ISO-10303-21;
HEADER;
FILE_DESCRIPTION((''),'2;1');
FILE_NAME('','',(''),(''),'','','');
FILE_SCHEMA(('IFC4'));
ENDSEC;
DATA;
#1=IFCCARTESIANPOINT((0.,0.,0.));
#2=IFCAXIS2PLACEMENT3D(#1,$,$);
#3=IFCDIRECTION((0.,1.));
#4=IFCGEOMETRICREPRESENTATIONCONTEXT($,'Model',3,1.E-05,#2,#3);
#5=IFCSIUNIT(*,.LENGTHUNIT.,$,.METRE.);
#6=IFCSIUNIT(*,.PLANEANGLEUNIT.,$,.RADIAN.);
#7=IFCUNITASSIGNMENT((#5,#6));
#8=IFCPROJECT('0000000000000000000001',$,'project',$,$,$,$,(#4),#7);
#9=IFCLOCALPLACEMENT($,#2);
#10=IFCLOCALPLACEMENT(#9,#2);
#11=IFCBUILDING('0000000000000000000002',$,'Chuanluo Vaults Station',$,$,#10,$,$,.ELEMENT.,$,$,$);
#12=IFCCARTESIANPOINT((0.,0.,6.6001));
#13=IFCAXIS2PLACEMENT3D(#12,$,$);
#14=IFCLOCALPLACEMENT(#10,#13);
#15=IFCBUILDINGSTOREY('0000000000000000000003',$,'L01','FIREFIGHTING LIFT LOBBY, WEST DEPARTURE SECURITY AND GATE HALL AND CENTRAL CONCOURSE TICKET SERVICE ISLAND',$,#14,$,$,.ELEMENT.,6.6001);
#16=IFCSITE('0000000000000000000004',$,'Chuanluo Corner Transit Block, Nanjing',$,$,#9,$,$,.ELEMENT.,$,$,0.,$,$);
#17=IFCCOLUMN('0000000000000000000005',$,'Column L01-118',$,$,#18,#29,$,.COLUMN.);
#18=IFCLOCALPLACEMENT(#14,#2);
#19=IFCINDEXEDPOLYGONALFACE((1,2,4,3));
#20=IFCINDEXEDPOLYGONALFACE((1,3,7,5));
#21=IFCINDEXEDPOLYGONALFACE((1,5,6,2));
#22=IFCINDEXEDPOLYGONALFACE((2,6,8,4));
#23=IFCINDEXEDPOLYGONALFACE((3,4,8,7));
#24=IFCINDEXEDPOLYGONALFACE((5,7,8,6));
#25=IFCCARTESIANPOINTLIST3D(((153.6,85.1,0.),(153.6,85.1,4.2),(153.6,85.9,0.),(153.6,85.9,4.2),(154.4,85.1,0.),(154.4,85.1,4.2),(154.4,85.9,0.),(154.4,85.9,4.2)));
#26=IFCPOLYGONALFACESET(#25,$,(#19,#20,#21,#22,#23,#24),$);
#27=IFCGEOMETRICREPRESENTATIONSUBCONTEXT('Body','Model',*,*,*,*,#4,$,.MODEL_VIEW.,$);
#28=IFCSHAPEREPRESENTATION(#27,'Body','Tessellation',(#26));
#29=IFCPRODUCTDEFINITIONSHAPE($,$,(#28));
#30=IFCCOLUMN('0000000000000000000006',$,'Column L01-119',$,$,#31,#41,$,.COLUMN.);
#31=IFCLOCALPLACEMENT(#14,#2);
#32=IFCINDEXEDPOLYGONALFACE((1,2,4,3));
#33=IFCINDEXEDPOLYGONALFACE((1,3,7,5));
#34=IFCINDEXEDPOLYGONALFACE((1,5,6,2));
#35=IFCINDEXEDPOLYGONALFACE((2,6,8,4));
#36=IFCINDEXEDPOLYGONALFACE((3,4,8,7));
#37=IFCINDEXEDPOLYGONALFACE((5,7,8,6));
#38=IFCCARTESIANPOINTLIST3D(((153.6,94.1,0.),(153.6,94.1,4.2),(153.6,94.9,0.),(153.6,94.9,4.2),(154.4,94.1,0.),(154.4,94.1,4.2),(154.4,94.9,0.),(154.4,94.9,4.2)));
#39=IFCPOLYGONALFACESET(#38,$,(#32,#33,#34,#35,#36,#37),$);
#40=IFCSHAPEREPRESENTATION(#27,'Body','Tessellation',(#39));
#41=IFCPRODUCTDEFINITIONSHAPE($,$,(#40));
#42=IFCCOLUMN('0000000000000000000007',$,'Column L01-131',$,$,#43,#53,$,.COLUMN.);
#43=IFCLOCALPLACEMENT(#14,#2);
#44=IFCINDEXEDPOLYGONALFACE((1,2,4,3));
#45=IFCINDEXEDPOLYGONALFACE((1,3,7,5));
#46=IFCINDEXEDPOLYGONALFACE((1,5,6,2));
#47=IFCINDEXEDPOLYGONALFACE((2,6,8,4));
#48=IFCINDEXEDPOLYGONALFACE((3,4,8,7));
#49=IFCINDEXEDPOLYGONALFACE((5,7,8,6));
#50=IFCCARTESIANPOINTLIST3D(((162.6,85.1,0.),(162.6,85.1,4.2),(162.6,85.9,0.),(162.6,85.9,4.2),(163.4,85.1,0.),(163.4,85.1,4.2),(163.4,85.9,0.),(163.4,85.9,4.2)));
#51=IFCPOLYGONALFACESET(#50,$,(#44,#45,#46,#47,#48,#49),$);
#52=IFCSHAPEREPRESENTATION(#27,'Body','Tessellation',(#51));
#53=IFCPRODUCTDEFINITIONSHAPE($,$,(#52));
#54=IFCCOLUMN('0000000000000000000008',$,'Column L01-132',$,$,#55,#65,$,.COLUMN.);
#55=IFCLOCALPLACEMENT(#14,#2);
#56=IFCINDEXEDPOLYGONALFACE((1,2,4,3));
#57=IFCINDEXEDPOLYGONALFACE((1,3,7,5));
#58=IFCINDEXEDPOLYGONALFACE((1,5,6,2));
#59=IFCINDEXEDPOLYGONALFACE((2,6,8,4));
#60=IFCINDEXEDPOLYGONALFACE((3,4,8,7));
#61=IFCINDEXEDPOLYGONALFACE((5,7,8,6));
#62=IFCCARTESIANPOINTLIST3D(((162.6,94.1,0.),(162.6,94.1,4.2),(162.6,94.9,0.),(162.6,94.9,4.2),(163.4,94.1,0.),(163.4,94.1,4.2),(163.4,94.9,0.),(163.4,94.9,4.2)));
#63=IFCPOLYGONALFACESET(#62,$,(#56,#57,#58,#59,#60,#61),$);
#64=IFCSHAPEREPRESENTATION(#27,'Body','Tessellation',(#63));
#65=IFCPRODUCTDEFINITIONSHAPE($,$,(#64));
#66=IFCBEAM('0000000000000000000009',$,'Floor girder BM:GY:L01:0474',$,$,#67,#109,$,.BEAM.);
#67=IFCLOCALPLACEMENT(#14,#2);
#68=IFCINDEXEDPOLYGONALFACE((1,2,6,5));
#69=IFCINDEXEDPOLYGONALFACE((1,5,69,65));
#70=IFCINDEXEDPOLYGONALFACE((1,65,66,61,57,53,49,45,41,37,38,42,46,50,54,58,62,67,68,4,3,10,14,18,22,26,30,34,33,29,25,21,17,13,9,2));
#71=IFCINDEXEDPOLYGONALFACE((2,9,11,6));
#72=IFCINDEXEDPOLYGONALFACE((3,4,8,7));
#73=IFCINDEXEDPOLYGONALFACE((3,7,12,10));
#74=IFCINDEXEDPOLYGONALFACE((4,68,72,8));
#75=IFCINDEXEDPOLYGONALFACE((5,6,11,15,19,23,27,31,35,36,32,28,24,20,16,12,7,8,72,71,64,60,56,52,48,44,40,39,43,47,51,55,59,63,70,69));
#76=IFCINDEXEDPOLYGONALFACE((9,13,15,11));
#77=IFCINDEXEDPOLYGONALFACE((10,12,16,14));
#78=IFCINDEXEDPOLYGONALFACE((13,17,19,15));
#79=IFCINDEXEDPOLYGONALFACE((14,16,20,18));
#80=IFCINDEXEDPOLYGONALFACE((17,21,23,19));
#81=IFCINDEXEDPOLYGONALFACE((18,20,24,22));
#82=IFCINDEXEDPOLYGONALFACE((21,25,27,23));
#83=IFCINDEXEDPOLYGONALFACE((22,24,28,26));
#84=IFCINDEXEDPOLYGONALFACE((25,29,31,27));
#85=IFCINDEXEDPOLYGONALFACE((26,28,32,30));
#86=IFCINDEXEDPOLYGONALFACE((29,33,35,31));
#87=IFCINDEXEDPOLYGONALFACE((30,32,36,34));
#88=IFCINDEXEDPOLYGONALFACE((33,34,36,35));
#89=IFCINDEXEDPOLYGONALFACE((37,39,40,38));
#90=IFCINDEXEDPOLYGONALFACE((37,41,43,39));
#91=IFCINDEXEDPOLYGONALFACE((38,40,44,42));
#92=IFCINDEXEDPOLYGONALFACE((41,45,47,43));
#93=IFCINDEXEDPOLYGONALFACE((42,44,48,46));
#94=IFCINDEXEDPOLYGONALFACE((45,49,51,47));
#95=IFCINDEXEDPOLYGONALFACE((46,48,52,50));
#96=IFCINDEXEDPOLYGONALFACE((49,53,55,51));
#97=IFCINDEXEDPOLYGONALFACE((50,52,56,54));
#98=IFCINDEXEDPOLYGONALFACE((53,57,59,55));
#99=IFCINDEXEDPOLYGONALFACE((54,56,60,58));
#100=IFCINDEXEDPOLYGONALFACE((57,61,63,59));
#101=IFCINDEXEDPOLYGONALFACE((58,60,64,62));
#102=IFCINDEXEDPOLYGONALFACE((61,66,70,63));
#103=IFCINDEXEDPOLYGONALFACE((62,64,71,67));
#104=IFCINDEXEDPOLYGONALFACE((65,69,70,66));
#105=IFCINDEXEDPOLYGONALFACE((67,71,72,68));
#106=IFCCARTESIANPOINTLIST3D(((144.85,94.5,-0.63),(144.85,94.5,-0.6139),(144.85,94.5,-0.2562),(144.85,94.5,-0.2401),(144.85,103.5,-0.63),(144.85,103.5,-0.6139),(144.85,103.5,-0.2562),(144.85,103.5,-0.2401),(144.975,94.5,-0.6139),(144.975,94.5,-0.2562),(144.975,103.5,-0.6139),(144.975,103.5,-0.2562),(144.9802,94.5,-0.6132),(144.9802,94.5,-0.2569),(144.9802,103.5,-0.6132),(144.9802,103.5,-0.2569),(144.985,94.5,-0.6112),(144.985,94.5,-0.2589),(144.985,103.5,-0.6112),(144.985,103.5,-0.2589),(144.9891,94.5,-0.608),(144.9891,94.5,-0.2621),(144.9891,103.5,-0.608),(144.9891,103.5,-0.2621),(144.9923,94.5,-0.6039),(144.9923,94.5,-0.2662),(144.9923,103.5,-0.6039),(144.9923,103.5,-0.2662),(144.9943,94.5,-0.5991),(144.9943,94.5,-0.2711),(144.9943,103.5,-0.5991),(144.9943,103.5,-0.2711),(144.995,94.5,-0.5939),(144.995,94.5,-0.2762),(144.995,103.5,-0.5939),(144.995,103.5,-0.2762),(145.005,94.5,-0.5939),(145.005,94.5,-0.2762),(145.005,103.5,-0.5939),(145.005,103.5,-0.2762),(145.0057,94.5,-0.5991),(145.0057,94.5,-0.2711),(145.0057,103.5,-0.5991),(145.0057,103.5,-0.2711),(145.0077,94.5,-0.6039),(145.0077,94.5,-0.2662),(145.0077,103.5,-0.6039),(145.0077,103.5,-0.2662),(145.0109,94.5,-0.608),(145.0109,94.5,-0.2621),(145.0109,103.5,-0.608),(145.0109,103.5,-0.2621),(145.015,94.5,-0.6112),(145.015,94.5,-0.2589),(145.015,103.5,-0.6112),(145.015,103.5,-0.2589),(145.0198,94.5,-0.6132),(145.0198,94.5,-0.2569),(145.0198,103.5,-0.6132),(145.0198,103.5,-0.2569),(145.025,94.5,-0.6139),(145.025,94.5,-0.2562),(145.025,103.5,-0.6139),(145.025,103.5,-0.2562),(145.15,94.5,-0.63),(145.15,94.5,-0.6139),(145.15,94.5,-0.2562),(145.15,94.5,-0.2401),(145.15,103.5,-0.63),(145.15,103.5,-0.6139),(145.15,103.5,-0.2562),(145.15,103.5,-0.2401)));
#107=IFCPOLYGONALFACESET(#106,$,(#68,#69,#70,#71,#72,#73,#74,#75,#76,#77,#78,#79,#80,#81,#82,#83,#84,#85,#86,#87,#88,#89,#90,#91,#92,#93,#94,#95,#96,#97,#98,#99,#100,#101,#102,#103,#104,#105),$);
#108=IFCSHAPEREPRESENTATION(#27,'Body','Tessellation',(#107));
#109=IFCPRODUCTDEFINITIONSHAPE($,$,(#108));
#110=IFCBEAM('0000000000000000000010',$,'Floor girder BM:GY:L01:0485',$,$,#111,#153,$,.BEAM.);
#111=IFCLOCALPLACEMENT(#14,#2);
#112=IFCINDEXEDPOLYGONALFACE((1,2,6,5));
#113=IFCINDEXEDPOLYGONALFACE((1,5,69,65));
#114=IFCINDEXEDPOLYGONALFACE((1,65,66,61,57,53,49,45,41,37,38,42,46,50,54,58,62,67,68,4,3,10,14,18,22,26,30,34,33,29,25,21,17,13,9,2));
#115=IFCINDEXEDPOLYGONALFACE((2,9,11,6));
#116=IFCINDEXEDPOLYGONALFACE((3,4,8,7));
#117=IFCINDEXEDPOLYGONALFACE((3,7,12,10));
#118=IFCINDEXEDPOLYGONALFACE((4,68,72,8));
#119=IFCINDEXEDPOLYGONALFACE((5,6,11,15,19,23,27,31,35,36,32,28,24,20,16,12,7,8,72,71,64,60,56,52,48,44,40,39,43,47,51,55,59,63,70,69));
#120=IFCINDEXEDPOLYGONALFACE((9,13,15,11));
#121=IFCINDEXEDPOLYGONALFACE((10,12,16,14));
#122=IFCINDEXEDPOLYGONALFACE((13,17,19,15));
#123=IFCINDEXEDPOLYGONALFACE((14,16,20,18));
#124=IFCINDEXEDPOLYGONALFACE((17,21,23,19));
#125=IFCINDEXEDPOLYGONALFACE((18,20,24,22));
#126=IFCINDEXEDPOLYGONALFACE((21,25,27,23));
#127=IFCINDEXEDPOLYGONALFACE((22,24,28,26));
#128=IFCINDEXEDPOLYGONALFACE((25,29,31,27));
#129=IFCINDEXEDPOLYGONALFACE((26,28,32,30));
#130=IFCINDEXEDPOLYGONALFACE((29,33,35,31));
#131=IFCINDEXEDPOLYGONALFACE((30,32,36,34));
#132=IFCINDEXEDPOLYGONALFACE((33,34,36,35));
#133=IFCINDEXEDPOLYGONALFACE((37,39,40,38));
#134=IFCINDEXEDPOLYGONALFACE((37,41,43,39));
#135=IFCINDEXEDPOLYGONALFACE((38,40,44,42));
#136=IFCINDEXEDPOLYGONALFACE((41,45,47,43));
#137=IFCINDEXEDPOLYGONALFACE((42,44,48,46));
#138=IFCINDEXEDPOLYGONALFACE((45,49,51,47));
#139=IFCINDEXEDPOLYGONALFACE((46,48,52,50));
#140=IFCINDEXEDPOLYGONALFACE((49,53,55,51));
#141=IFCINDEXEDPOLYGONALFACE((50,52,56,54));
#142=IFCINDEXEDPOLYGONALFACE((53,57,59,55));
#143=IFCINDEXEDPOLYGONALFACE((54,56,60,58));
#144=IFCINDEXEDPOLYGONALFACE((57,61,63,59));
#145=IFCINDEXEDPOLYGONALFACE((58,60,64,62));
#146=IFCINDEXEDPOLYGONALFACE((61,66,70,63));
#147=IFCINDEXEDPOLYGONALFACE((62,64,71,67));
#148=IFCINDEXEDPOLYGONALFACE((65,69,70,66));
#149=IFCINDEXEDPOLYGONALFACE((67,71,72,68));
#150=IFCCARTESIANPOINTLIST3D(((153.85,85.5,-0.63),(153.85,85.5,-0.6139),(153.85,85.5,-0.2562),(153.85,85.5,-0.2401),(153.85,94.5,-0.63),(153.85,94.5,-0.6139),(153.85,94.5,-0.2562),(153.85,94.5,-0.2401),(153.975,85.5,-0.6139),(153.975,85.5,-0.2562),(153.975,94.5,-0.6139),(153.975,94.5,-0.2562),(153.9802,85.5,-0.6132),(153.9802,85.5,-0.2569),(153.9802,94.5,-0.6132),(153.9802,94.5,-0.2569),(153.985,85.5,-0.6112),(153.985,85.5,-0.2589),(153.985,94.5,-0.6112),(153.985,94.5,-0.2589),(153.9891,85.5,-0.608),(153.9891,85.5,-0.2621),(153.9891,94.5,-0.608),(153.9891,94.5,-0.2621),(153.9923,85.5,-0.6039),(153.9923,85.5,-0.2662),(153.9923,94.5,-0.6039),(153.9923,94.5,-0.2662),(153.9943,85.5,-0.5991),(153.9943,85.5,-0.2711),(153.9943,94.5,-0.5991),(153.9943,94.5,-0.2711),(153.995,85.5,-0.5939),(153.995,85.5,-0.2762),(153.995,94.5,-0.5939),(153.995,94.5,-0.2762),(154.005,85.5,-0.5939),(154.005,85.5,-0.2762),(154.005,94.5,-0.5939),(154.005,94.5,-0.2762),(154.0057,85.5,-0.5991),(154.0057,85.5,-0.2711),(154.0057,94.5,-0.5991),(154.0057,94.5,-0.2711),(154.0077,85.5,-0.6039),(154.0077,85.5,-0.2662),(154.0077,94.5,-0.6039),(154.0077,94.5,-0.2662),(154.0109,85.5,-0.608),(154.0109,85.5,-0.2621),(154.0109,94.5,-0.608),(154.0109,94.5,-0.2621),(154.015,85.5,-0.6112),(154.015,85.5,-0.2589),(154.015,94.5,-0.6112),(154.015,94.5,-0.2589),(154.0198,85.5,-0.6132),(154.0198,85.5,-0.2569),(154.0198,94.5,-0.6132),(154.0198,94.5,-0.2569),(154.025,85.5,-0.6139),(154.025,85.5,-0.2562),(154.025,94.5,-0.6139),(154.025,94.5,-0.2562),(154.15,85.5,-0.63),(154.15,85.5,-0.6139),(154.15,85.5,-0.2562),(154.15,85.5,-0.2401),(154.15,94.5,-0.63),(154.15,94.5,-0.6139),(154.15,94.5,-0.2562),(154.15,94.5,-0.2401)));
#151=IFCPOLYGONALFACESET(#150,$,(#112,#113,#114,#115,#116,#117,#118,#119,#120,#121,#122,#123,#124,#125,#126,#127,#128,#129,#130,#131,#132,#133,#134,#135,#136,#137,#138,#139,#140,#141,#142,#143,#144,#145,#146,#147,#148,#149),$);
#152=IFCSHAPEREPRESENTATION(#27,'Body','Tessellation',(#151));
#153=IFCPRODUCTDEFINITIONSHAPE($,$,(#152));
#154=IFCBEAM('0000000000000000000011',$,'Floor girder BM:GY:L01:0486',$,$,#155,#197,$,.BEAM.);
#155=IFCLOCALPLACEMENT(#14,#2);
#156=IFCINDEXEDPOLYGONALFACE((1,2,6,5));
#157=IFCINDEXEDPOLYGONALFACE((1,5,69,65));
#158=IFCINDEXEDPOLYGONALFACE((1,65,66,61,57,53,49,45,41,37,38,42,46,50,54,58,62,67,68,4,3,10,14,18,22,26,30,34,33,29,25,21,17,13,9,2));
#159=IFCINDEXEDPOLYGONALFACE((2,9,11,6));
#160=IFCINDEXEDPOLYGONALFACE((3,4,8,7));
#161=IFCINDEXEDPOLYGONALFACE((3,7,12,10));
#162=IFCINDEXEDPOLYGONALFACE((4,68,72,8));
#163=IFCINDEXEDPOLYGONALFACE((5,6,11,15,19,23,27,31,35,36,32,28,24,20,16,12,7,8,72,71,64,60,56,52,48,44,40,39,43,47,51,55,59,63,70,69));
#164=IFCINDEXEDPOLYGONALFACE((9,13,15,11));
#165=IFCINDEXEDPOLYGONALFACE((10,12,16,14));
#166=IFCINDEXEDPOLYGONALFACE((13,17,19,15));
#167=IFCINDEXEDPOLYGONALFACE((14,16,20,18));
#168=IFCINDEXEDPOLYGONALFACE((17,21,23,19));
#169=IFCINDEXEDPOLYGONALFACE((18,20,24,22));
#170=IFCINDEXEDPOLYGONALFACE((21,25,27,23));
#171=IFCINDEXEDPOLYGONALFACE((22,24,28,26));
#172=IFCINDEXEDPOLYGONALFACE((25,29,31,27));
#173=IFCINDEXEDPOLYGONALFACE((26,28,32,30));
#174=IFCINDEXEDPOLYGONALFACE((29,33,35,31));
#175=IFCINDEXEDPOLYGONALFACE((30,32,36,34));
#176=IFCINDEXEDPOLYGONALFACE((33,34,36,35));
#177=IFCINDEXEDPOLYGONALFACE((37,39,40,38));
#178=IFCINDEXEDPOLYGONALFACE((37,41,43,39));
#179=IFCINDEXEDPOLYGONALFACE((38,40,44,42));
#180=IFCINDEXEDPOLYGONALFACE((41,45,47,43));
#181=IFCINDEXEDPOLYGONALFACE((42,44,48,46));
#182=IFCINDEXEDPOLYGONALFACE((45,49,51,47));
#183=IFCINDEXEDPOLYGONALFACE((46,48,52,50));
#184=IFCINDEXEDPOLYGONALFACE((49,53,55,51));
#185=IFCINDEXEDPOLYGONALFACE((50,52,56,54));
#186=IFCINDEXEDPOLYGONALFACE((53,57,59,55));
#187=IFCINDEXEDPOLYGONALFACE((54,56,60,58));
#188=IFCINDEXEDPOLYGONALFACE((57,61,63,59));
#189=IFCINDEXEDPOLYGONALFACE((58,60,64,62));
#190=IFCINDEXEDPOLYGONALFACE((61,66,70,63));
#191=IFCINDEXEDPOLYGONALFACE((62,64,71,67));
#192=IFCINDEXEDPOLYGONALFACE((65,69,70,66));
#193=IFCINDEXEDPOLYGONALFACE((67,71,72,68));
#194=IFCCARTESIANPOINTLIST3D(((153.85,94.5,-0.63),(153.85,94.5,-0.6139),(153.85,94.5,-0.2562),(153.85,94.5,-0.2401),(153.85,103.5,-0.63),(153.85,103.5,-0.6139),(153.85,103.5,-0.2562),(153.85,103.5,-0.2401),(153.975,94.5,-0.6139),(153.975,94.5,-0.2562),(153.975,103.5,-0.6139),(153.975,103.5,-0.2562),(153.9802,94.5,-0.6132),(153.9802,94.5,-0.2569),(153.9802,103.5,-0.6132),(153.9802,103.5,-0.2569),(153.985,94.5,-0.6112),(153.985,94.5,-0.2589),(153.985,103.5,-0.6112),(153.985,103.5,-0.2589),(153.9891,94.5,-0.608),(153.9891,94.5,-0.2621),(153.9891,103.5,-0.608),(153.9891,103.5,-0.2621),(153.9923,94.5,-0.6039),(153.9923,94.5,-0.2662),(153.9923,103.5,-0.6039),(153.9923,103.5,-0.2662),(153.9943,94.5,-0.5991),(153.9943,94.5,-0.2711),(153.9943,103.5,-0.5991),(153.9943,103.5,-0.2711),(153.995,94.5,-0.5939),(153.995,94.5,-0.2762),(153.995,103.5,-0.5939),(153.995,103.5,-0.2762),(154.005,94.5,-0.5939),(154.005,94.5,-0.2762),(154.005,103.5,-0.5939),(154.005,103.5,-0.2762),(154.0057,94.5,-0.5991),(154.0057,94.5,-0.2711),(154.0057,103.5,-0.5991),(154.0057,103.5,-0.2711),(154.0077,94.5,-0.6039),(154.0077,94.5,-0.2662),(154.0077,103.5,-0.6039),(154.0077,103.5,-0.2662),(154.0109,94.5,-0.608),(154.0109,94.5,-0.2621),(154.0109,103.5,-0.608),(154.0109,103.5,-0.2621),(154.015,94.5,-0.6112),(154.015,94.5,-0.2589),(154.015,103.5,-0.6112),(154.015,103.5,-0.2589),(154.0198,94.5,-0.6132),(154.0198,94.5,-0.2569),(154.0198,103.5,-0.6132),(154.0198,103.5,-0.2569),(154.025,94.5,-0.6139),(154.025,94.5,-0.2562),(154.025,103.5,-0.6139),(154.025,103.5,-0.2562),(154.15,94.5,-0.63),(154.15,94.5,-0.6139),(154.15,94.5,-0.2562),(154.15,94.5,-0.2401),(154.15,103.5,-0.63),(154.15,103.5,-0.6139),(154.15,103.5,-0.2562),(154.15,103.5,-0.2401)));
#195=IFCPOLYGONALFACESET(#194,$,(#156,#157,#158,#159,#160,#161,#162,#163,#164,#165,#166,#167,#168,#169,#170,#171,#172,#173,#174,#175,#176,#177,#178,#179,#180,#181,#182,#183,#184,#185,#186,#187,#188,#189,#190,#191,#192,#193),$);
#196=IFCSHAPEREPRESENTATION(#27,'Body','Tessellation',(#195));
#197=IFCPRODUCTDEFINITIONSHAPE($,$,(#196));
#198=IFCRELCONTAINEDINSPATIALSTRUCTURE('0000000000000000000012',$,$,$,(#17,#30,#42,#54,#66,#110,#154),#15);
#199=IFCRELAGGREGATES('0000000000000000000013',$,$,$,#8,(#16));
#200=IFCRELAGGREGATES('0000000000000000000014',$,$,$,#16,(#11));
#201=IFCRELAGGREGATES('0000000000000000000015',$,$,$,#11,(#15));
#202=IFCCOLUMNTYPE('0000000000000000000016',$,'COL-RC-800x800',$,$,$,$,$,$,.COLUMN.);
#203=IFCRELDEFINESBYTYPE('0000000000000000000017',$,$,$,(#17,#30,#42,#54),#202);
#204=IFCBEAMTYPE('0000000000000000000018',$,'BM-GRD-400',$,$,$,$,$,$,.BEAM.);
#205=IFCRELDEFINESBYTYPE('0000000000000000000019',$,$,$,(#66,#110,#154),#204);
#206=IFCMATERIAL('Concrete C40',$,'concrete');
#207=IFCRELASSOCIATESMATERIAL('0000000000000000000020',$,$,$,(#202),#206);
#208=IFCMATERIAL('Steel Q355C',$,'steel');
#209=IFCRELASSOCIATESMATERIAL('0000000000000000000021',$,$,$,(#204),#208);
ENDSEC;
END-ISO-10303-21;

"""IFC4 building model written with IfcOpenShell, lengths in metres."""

from ifc_helpers import new_model, si_unit, direction, frame, origin, origin_2d, place, context, subcontext, project, spatial, rectangle, i_section, extrude, material, material_profile, profile_set, type_object, element, save


model = new_model("IFC4")

# Units and contexts
model_context = context("Model", 3, precision=1e-05, world=origin(), true_north=direction((0.0, 1.0)))
body_context = subcontext(model_context, "Body", "Model", "MODEL_VIEW")
ifc_project = project(units=[si_unit("LENGTHUNIT", "METRE"), si_unit("PLANEANGLEUNIT", "RADIAN")], contexts=[model_context])

# Site, building, storey
site_placement = place(None, origin())
site = spatial("IfcSite", under=ifc_project, at=site_placement, Name="Chuanluo Corner Transit Block, Nanjing", CompositionType="ELEMENT", RefElevation=0.0)
building_placement = place(site_placement, origin())
building = spatial("IfcBuilding", under=site, at=building_placement, Name="Chuanluo Vaults Station", CompositionType="ELEMENT")
storey_placement = place(building_placement, frame((0.0, 0.0, 6.6001)))
storey = spatial("IfcBuildingStorey", under=building, at=storey_placement, Name="L01", Description="FIREFIGHTING LIFT LOBBY, WEST DEPARTURE SECURITY AND GATE HALL AND CENTRAL CONCOURSE TICKET SERVICE ISLAND", CompositionType="ELEMENT", Elevation=6.6001)

# Columns
ifc_material_1 = material(Name="Concrete C40", Category="concrete")
ifc_material_profile_1 = material_profile(ifc_material_1, rectangle(XDim=0.8, YDim=0.8, at=origin_2d()))
ifc_profile_set_1 = profile_set([ifc_material_profile_1], Name="Concrete C40")
column_type = type_object("IfcColumnType", Name="COL-RC-800x800", PredefinedType="COLUMN", material=ifc_profile_set_1)
for number, where, z_axis, x_axis, name in (
    (1, (154.0, 85.5, 0.0), (0.0, 0.0, 1.0), (1.0, 0.0, 0.0), "Column L01-118"),
    (2, (154.0, 94.5, 0.0), (0.0, 0.0, 1.0), (1.0, 0.0, 0.0), "Column L01-119"),
    (3, (163.0, 85.5, 0.0), (0.0, 0.0, 1.0), (1.0, 0.0, 0.0), "Column L01-131"),
    (4, (163.0, 94.5, 0.0), (0.0, 0.0, 1.0), (1.0, 0.0, 0.0), "Column L01-132"),
):
    element("IfcColumn", number, at=place(storey_placement, frame(where, z_axis=z_axis, x_axis=x_axis)), inside=storey, type_object=column_type, Name=name, PredefinedType="COLUMN", context=body_context, shape_type="SweptSolid", body=[
        extrude(rectangle(XDim=0.8, YDim=0.8, at=origin_2d()), origin(), (0.0, 0.0, 1.0), 4.2),
    ])

# Beams
ifc_material_2 = material(Name="Steel Q355C", Category="steel")
ifc_material_profile_2 = material_profile(ifc_material_2, i_section(OverallWidth=0.3, OverallDepth=0.3899, WebThickness=0.01, FlangeThickness=0.0161, FilletRadius=0.02, at=origin_2d()))
ifc_profile_set_2 = profile_set([ifc_material_profile_2], Name="Steel Q355C")
beam_type_1 = type_object("IfcBeamType", Name="BM-GRD-400", PredefinedType="BEAM", material=ifc_profile_set_2)
for number, where, z_axis, x_axis, name in (
    (5, (145.0, 94.5, -0.4351), (0.0, 1.0, 0.0), (-1.0, 0.0, 0.0), "Floor girder BM:GY:L01:0474"),
    (6, (154.0, 85.5, -0.4351), (0.0, 1.0, 0.0), (-1.0, 0.0, 0.0), "Floor girder BM:GY:L01:0485"),
    (7, (154.0, 94.5, -0.4351), (0.0, 1.0, 0.0), (-1.0, 0.0, 0.0), "Floor girder BM:GY:L01:0486"),
):
    element("IfcBeam", number, at=place(storey_placement, frame(where, z_axis=z_axis, x_axis=x_axis)), inside=storey, type_object=beam_type_1, Name=name, PredefinedType="BEAM", context=body_context, shape_type="SweptSolid", body=[
        extrude(i_section(OverallWidth=0.3, OverallDepth=0.3899, WebThickness=0.01, FlangeThickness=0.0161, FilletRadius=0.02, at=origin_2d()), origin(), (0.0, 0.0, 1.0), 9.0),
    ])

save(model, "model.ifc")
